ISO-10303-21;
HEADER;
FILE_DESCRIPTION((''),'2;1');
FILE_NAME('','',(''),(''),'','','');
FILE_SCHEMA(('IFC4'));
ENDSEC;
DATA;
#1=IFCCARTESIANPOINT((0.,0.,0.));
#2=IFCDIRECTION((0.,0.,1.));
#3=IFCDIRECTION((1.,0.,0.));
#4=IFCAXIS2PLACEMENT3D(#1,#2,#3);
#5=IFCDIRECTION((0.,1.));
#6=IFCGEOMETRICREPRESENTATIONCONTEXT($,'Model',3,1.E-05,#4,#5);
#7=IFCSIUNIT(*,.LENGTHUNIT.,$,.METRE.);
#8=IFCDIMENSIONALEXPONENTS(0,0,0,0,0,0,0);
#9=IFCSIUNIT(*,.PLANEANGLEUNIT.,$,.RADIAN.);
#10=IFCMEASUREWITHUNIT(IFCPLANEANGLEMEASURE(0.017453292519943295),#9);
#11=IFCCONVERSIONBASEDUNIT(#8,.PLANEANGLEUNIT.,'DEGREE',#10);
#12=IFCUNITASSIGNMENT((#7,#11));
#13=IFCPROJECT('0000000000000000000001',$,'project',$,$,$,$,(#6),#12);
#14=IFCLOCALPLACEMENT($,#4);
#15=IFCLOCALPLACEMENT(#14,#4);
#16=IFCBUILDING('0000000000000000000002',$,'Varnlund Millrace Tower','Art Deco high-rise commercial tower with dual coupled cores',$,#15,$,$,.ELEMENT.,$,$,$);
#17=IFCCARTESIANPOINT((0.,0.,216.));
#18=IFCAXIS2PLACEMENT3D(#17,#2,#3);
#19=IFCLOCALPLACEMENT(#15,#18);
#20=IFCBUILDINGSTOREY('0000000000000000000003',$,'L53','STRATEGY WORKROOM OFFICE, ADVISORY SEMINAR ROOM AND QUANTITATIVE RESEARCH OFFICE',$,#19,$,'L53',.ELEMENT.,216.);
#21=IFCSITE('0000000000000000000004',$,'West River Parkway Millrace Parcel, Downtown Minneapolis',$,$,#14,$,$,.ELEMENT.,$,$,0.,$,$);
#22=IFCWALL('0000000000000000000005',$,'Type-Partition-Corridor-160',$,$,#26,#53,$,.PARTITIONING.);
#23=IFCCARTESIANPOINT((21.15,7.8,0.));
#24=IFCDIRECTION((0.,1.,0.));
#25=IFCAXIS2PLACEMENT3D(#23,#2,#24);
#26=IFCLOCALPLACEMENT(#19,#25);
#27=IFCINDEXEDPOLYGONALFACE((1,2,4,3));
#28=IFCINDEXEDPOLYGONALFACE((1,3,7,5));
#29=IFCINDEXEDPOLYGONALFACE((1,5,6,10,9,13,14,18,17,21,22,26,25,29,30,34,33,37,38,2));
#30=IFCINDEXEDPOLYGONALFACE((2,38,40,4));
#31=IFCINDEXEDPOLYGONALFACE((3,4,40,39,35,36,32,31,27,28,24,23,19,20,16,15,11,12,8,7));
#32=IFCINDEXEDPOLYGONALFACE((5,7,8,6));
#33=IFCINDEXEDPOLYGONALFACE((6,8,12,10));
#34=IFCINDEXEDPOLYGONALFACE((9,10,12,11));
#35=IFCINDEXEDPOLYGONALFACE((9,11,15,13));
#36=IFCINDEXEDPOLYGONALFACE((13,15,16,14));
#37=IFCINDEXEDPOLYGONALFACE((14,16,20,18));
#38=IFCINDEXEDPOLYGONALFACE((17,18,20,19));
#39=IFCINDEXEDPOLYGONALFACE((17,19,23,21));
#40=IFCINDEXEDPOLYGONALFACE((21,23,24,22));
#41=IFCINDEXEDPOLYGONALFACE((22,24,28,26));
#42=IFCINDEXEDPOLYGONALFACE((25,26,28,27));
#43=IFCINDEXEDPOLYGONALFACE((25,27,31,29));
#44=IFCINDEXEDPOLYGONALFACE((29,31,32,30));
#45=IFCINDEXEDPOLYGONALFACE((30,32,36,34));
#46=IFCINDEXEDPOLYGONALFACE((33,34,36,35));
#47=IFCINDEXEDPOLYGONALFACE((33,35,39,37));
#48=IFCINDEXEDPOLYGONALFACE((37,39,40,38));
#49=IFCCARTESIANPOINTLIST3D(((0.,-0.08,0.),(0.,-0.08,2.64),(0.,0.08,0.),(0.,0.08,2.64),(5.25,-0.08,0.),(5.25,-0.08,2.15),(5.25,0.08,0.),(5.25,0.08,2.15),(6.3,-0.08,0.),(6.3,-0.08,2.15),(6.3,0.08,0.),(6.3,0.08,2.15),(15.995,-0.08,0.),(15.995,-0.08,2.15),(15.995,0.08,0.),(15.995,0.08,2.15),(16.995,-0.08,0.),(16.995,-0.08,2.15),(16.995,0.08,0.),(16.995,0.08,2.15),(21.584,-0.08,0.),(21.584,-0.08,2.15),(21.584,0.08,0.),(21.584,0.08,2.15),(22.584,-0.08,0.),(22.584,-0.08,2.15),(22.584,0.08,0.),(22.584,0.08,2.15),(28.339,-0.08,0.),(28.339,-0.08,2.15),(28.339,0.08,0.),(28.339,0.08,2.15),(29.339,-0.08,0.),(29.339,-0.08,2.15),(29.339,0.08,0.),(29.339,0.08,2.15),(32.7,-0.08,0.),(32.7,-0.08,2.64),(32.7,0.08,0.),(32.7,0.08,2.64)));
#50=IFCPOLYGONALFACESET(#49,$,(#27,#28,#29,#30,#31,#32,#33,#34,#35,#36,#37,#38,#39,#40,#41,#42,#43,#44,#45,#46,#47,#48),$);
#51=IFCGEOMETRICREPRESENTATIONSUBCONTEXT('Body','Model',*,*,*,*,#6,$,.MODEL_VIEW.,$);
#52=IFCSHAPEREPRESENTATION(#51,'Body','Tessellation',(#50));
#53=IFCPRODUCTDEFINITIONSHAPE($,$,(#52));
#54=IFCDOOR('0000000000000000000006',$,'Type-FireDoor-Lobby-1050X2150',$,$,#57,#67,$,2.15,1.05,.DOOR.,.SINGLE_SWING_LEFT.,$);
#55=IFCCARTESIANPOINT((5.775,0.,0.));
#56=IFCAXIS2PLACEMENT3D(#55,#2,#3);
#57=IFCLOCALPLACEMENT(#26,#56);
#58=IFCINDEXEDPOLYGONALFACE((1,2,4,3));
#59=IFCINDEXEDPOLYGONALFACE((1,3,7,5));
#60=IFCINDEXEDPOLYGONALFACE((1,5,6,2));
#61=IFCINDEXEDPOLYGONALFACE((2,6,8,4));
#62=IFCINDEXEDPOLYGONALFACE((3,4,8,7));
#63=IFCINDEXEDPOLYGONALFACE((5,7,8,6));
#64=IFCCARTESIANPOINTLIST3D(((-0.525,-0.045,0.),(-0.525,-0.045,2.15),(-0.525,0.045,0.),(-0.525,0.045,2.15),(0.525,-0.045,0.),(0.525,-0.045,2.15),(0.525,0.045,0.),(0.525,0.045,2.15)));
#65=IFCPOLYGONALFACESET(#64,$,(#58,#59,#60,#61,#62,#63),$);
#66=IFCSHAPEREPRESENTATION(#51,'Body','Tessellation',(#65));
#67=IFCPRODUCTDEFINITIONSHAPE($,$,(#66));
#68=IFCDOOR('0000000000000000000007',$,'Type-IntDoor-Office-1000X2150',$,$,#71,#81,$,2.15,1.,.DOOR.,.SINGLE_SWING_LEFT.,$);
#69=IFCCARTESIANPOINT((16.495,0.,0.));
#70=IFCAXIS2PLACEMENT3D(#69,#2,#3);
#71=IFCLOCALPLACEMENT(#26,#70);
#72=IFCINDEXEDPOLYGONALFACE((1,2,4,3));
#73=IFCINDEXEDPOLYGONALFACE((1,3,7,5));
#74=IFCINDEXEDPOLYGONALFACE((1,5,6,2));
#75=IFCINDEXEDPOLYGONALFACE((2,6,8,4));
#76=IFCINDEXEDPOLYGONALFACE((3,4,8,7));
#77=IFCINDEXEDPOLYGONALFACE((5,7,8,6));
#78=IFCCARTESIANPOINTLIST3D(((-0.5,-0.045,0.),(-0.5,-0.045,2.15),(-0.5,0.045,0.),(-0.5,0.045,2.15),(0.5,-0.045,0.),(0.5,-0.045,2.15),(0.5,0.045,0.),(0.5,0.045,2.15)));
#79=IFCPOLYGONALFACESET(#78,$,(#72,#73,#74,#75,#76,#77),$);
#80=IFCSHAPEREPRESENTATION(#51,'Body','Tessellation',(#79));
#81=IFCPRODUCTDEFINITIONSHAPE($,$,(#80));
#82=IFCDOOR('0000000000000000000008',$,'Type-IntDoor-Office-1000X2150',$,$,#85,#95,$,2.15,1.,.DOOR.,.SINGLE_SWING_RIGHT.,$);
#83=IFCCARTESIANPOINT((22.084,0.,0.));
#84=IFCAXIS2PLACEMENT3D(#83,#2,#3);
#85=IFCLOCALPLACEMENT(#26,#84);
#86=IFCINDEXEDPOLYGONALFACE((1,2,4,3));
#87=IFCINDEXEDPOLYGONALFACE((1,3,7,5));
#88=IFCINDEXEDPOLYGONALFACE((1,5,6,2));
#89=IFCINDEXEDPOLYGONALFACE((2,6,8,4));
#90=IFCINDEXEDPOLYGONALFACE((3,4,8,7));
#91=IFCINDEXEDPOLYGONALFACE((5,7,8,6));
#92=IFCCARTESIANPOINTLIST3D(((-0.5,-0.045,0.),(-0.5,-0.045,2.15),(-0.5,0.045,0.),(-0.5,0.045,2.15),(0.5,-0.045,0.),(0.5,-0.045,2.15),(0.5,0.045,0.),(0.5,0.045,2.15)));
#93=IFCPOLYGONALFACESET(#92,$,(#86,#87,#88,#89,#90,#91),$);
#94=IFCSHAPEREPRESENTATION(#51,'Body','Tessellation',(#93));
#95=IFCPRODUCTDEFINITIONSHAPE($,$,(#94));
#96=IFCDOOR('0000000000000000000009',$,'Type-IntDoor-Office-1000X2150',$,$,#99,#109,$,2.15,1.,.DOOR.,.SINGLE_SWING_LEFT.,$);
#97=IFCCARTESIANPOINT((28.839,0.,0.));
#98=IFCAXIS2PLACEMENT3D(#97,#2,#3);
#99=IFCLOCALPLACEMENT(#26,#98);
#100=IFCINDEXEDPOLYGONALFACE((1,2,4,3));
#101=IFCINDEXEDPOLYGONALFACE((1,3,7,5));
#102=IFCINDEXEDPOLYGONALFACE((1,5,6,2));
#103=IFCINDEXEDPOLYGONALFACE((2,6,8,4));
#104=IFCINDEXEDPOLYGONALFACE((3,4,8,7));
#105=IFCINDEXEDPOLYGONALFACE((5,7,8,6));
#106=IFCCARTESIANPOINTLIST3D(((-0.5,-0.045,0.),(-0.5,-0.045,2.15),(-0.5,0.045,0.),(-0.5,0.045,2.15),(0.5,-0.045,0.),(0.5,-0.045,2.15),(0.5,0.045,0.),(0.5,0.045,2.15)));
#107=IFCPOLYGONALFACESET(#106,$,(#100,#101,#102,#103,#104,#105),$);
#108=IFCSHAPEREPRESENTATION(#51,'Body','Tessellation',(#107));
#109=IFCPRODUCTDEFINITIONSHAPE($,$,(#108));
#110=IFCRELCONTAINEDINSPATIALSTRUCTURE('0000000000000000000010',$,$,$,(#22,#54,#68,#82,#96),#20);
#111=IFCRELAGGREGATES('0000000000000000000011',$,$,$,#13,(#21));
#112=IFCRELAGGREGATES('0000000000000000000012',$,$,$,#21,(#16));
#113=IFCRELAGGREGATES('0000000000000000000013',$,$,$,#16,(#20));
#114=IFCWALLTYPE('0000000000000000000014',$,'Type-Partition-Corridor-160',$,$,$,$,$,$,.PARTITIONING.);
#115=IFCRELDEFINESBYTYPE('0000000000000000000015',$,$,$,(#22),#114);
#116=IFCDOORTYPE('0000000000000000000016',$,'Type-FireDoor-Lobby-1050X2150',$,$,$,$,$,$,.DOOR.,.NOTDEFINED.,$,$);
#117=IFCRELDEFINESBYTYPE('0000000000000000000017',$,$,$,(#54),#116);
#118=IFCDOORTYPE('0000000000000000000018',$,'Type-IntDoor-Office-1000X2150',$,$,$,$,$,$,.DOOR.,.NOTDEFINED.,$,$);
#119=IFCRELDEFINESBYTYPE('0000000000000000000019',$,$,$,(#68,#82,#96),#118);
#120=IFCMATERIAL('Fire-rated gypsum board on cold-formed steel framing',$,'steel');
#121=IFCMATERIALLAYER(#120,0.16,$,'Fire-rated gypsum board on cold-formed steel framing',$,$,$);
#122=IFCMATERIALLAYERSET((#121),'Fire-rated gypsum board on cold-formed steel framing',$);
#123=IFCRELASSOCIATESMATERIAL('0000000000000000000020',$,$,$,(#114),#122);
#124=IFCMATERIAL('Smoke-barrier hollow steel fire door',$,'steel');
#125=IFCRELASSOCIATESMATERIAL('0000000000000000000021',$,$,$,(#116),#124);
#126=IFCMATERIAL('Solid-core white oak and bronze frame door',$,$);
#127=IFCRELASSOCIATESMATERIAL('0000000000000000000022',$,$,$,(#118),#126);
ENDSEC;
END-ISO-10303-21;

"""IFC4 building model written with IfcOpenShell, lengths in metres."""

from ifc_helpers import new_model, entity, si_unit, converted_unit, direction, frame, origin_with_axes, origin_2d_with_axis, place, context, subcontext, project, spatial, polyline, rectangle, outline, extrude, material, layer, layer_set, type_object, element, fill, save


model = new_model("IFC4")

# Units and contexts
model_context = context("Model", 3, precision=1e-05, world=origin_with_axes(), true_north=direction((0.0, 1.0)))
body_context = subcontext(model_context, "Body", "Model", "MODEL_VIEW")
ifc_project = project(units=[si_unit("LENGTHUNIT", "METRE"), converted_unit("PLANEANGLEUNIT", "DEGREE", entity("IfcPlaneAngleMeasure", 0.017453292519943295), si_unit("PLANEANGLEUNIT", "RADIAN"), dimensions=[0, 0, 0, 0, 0, 0, 0])], contexts=[model_context])

# Site, building, storey
site_placement = place(None, origin_with_axes())
site = spatial("IfcSite", under=ifc_project, at=site_placement, Name="West River Parkway Millrace Parcel, Downtown Minneapolis", CompositionType="ELEMENT", RefElevation=0.0)
building_placement = place(site_placement, origin_with_axes())
building = spatial("IfcBuilding", under=site, at=building_placement, Name="Varnlund Millrace Tower", Description="Art Deco high-rise commercial tower with dual coupled cores", CompositionType="ELEMENT")
storey_placement = place(building_placement, frame((0.0, 0.0, 216.0), z_axis=(0.0, 0.0, 1.0), x_axis=(1.0, 0.0, 0.0)))
storey = spatial("IfcBuildingStorey", under=building, at=storey_placement, Name="L53", Description="STRATEGY WORKROOM OFFICE, ADVISORY SEMINAR ROOM AND QUANTITATIVE RESEARCH OFFICE", LongName="L53", CompositionType="ELEMENT", Elevation=216.0)

# Wall, openings, doors
ifc_material_1 = material(Name="Fire-rated gypsum board on cold-formed steel framing", Category="steel")
ifc_layer_1 = layer(ifc_material_1, 0.16, Name="Fire-rated gypsum board on cold-formed steel framing")
ifc_layer_set_1 = layer_set([ifc_layer_1], Name="Fire-rated gypsum board on cold-formed steel framing")
wall_type_1 = type_object("IfcWallType", Name="Type-Partition-Corridor-160", PredefinedType="PARTITIONING", material=ifc_layer_set_1)
wall_1_placement = place(storey_placement, frame((21.15, 7.8, 0.0), z_axis=(0.0, 0.0, 1.0), x_axis=(0.0, 1.0, 0.0)))
wall_1 = element("IfcWall", 1, at=wall_1_placement, inside=storey, type_object=wall_type_1, Name="Type-Partition-Corridor-160", PredefinedType="PARTITIONING", context=body_context, shape_type="SweptSolid", body=[
    extrude(outline(polyline([(0.0, -0.08), (32.7, -0.08), (32.7, 0.08), (0.0, 0.08), (0.0, -0.08)])), origin_with_axes(), (0.0, 0.0, 1.0), 2.64),
])
opening_1_placement = place(wall_1_placement, frame((16.495, 0.0, 0.0), z_axis=(0.0, 0.0, 1.0), x_axis=(1.0, 0.0, 0.0)))
opening_1 = element("IfcOpeningElement", 2, at=opening_1_placement, cuts=wall_1, PredefinedType="OPENING", context=body_context, shape_type="SweptSolid", body=[
    extrude(rectangle(XDim=1.0, YDim=0.18, at=origin_2d_with_axis()), origin_with_axes(), (0.0, 0.0, 1.0), 2.15),
])
opening_2_placement = place(wall_1_placement, frame((22.084, 0.0, 0.0), z_axis=(0.0, 0.0, 1.0), x_axis=(1.0, 0.0, 0.0)))
opening_2 = element("IfcOpeningElement", 3, at=opening_2_placement, cuts=wall_1, PredefinedType="OPENING", context=body_context, shape_type="SweptSolid", body=[
    extrude(rectangle(XDim=1.0, YDim=0.18, at=origin_2d_with_axis()), origin_with_axes(), (0.0, 0.0, 1.0), 2.15),
])
opening_3_placement = place(wall_1_placement, frame((28.839, 0.0, 0.0), z_axis=(0.0, 0.0, 1.0), x_axis=(1.0, 0.0, 0.0)))
opening_3 = element("IfcOpeningElement", 4, at=opening_3_placement, cuts=wall_1, PredefinedType="OPENING", context=body_context, shape_type="SweptSolid", body=[
    extrude(rectangle(XDim=1.0, YDim=0.18, at=origin_2d_with_axis()), origin_with_axes(), (0.0, 0.0, 1.0), 2.15),
])
opening_4_placement = place(wall_1_placement, frame((5.775, 0.0, 0.0), z_axis=(0.0, 0.0, 1.0), x_axis=(1.0, 0.0, 0.0)))
opening_4 = element("IfcOpeningElement", 5, at=opening_4_placement, cuts=wall_1, PredefinedType="OPENING", context=body_context, shape_type="SweptSolid", body=[
    extrude(rectangle(XDim=1.05, YDim=0.18, at=origin_2d_with_axis()), origin_with_axes(), (0.0, 0.0, 1.0), 2.15),
])
ifc_material_2 = material(Name="Smoke-barrier hollow steel fire door", Category="steel")
door_type_1 = type_object("IfcDoorType", Name="Type-FireDoor-Lobby-1050X2150", OperationType="NOTDEFINED", PredefinedType="DOOR", material=ifc_material_2)
door_1_placement = place(wall_1_placement, frame((5.775, 0.0, 0.0), z_axis=(0.0, 0.0, 1.0), x_axis=(1.0, 0.0, 0.0)))
door_1 = element("IfcDoor", 6, at=door_1_placement, inside=storey, type_object=door_type_1, Name="Type-FireDoor-Lobby-1050X2150", OperationType="SINGLE_SWING_LEFT", OverallHeight=2.15, OverallWidth=1.05, PredefinedType="DOOR", context=body_context, shape_type="SweptSolid", body=[
    extrude(rectangle(XDim=1.05, YDim=0.09, at=origin_2d_with_axis()), origin_with_axes(), (0.0, 0.0, 1.0), 2.15),
])
fill(opening_4, door_1)
ifc_material_3 = material(Name="Solid-core white oak and bronze frame door")
door_type_2 = type_object("IfcDoorType", Name="Type-IntDoor-Office-1000X2150", OperationType="NOTDEFINED", PredefinedType="DOOR", material=ifc_material_3)
door_2_placement = place(wall_1_placement, frame((16.495, 0.0, 0.0), z_axis=(0.0, 0.0, 1.0), x_axis=(1.0, 0.0, 0.0)))
door_2 = element("IfcDoor", 7, at=door_2_placement, inside=storey, type_object=door_type_2, Name="Type-IntDoor-Office-1000X2150", OperationType="SINGLE_SWING_LEFT", OverallHeight=2.15, OverallWidth=1.0, PredefinedType="DOOR", context=body_context, shape_type="SweptSolid", body=[
    extrude(rectangle(XDim=1.0, YDim=0.09, at=origin_2d_with_axis()), origin_with_axes(), (0.0, 0.0, 1.0), 2.15),
])
fill(opening_1, door_2)
door_3_placement = place(wall_1_placement, frame((22.084, 0.0, 0.0), z_axis=(0.0, 0.0, 1.0), x_axis=(1.0, 0.0, 0.0)))
door_3 = element("IfcDoor", 8, at=door_3_placement, inside=storey, type_object=door_type_2, Name="Type-IntDoor-Office-1000X2150", OperationType="SINGLE_SWING_RIGHT", OverallHeight=2.15, OverallWidth=1.0, PredefinedType="DOOR", context=body_context, shape_type="SweptSolid", body=[
    extrude(rectangle(XDim=1.0, YDim=0.09, at=origin_2d_with_axis()), origin_with_axes(), (0.0, 0.0, 1.0), 2.15),
])
fill(opening_2, door_3)
door_4_placement = place(wall_1_placement, frame((28.839, 0.0, 0.0), z_axis=(0.0, 0.0, 1.0), x_axis=(1.0, 0.0, 0.0)))
door_4 = element("IfcDoor", 9, at=door_4_placement, inside=storey, type_object=door_type_2, Name="Type-IntDoor-Office-1000X2150", OperationType="SINGLE_SWING_LEFT", OverallHeight=2.15, OverallWidth=1.0, PredefinedType="DOOR", context=body_context, shape_type="SweptSolid", body=[
    extrude(rectangle(XDim=1.0, YDim=0.09, at=origin_2d_with_axis()), origin_with_axes(), (0.0, 0.0, 1.0), 2.15),
])
fill(opening_3, door_4)

save(model, "model.ifc")
